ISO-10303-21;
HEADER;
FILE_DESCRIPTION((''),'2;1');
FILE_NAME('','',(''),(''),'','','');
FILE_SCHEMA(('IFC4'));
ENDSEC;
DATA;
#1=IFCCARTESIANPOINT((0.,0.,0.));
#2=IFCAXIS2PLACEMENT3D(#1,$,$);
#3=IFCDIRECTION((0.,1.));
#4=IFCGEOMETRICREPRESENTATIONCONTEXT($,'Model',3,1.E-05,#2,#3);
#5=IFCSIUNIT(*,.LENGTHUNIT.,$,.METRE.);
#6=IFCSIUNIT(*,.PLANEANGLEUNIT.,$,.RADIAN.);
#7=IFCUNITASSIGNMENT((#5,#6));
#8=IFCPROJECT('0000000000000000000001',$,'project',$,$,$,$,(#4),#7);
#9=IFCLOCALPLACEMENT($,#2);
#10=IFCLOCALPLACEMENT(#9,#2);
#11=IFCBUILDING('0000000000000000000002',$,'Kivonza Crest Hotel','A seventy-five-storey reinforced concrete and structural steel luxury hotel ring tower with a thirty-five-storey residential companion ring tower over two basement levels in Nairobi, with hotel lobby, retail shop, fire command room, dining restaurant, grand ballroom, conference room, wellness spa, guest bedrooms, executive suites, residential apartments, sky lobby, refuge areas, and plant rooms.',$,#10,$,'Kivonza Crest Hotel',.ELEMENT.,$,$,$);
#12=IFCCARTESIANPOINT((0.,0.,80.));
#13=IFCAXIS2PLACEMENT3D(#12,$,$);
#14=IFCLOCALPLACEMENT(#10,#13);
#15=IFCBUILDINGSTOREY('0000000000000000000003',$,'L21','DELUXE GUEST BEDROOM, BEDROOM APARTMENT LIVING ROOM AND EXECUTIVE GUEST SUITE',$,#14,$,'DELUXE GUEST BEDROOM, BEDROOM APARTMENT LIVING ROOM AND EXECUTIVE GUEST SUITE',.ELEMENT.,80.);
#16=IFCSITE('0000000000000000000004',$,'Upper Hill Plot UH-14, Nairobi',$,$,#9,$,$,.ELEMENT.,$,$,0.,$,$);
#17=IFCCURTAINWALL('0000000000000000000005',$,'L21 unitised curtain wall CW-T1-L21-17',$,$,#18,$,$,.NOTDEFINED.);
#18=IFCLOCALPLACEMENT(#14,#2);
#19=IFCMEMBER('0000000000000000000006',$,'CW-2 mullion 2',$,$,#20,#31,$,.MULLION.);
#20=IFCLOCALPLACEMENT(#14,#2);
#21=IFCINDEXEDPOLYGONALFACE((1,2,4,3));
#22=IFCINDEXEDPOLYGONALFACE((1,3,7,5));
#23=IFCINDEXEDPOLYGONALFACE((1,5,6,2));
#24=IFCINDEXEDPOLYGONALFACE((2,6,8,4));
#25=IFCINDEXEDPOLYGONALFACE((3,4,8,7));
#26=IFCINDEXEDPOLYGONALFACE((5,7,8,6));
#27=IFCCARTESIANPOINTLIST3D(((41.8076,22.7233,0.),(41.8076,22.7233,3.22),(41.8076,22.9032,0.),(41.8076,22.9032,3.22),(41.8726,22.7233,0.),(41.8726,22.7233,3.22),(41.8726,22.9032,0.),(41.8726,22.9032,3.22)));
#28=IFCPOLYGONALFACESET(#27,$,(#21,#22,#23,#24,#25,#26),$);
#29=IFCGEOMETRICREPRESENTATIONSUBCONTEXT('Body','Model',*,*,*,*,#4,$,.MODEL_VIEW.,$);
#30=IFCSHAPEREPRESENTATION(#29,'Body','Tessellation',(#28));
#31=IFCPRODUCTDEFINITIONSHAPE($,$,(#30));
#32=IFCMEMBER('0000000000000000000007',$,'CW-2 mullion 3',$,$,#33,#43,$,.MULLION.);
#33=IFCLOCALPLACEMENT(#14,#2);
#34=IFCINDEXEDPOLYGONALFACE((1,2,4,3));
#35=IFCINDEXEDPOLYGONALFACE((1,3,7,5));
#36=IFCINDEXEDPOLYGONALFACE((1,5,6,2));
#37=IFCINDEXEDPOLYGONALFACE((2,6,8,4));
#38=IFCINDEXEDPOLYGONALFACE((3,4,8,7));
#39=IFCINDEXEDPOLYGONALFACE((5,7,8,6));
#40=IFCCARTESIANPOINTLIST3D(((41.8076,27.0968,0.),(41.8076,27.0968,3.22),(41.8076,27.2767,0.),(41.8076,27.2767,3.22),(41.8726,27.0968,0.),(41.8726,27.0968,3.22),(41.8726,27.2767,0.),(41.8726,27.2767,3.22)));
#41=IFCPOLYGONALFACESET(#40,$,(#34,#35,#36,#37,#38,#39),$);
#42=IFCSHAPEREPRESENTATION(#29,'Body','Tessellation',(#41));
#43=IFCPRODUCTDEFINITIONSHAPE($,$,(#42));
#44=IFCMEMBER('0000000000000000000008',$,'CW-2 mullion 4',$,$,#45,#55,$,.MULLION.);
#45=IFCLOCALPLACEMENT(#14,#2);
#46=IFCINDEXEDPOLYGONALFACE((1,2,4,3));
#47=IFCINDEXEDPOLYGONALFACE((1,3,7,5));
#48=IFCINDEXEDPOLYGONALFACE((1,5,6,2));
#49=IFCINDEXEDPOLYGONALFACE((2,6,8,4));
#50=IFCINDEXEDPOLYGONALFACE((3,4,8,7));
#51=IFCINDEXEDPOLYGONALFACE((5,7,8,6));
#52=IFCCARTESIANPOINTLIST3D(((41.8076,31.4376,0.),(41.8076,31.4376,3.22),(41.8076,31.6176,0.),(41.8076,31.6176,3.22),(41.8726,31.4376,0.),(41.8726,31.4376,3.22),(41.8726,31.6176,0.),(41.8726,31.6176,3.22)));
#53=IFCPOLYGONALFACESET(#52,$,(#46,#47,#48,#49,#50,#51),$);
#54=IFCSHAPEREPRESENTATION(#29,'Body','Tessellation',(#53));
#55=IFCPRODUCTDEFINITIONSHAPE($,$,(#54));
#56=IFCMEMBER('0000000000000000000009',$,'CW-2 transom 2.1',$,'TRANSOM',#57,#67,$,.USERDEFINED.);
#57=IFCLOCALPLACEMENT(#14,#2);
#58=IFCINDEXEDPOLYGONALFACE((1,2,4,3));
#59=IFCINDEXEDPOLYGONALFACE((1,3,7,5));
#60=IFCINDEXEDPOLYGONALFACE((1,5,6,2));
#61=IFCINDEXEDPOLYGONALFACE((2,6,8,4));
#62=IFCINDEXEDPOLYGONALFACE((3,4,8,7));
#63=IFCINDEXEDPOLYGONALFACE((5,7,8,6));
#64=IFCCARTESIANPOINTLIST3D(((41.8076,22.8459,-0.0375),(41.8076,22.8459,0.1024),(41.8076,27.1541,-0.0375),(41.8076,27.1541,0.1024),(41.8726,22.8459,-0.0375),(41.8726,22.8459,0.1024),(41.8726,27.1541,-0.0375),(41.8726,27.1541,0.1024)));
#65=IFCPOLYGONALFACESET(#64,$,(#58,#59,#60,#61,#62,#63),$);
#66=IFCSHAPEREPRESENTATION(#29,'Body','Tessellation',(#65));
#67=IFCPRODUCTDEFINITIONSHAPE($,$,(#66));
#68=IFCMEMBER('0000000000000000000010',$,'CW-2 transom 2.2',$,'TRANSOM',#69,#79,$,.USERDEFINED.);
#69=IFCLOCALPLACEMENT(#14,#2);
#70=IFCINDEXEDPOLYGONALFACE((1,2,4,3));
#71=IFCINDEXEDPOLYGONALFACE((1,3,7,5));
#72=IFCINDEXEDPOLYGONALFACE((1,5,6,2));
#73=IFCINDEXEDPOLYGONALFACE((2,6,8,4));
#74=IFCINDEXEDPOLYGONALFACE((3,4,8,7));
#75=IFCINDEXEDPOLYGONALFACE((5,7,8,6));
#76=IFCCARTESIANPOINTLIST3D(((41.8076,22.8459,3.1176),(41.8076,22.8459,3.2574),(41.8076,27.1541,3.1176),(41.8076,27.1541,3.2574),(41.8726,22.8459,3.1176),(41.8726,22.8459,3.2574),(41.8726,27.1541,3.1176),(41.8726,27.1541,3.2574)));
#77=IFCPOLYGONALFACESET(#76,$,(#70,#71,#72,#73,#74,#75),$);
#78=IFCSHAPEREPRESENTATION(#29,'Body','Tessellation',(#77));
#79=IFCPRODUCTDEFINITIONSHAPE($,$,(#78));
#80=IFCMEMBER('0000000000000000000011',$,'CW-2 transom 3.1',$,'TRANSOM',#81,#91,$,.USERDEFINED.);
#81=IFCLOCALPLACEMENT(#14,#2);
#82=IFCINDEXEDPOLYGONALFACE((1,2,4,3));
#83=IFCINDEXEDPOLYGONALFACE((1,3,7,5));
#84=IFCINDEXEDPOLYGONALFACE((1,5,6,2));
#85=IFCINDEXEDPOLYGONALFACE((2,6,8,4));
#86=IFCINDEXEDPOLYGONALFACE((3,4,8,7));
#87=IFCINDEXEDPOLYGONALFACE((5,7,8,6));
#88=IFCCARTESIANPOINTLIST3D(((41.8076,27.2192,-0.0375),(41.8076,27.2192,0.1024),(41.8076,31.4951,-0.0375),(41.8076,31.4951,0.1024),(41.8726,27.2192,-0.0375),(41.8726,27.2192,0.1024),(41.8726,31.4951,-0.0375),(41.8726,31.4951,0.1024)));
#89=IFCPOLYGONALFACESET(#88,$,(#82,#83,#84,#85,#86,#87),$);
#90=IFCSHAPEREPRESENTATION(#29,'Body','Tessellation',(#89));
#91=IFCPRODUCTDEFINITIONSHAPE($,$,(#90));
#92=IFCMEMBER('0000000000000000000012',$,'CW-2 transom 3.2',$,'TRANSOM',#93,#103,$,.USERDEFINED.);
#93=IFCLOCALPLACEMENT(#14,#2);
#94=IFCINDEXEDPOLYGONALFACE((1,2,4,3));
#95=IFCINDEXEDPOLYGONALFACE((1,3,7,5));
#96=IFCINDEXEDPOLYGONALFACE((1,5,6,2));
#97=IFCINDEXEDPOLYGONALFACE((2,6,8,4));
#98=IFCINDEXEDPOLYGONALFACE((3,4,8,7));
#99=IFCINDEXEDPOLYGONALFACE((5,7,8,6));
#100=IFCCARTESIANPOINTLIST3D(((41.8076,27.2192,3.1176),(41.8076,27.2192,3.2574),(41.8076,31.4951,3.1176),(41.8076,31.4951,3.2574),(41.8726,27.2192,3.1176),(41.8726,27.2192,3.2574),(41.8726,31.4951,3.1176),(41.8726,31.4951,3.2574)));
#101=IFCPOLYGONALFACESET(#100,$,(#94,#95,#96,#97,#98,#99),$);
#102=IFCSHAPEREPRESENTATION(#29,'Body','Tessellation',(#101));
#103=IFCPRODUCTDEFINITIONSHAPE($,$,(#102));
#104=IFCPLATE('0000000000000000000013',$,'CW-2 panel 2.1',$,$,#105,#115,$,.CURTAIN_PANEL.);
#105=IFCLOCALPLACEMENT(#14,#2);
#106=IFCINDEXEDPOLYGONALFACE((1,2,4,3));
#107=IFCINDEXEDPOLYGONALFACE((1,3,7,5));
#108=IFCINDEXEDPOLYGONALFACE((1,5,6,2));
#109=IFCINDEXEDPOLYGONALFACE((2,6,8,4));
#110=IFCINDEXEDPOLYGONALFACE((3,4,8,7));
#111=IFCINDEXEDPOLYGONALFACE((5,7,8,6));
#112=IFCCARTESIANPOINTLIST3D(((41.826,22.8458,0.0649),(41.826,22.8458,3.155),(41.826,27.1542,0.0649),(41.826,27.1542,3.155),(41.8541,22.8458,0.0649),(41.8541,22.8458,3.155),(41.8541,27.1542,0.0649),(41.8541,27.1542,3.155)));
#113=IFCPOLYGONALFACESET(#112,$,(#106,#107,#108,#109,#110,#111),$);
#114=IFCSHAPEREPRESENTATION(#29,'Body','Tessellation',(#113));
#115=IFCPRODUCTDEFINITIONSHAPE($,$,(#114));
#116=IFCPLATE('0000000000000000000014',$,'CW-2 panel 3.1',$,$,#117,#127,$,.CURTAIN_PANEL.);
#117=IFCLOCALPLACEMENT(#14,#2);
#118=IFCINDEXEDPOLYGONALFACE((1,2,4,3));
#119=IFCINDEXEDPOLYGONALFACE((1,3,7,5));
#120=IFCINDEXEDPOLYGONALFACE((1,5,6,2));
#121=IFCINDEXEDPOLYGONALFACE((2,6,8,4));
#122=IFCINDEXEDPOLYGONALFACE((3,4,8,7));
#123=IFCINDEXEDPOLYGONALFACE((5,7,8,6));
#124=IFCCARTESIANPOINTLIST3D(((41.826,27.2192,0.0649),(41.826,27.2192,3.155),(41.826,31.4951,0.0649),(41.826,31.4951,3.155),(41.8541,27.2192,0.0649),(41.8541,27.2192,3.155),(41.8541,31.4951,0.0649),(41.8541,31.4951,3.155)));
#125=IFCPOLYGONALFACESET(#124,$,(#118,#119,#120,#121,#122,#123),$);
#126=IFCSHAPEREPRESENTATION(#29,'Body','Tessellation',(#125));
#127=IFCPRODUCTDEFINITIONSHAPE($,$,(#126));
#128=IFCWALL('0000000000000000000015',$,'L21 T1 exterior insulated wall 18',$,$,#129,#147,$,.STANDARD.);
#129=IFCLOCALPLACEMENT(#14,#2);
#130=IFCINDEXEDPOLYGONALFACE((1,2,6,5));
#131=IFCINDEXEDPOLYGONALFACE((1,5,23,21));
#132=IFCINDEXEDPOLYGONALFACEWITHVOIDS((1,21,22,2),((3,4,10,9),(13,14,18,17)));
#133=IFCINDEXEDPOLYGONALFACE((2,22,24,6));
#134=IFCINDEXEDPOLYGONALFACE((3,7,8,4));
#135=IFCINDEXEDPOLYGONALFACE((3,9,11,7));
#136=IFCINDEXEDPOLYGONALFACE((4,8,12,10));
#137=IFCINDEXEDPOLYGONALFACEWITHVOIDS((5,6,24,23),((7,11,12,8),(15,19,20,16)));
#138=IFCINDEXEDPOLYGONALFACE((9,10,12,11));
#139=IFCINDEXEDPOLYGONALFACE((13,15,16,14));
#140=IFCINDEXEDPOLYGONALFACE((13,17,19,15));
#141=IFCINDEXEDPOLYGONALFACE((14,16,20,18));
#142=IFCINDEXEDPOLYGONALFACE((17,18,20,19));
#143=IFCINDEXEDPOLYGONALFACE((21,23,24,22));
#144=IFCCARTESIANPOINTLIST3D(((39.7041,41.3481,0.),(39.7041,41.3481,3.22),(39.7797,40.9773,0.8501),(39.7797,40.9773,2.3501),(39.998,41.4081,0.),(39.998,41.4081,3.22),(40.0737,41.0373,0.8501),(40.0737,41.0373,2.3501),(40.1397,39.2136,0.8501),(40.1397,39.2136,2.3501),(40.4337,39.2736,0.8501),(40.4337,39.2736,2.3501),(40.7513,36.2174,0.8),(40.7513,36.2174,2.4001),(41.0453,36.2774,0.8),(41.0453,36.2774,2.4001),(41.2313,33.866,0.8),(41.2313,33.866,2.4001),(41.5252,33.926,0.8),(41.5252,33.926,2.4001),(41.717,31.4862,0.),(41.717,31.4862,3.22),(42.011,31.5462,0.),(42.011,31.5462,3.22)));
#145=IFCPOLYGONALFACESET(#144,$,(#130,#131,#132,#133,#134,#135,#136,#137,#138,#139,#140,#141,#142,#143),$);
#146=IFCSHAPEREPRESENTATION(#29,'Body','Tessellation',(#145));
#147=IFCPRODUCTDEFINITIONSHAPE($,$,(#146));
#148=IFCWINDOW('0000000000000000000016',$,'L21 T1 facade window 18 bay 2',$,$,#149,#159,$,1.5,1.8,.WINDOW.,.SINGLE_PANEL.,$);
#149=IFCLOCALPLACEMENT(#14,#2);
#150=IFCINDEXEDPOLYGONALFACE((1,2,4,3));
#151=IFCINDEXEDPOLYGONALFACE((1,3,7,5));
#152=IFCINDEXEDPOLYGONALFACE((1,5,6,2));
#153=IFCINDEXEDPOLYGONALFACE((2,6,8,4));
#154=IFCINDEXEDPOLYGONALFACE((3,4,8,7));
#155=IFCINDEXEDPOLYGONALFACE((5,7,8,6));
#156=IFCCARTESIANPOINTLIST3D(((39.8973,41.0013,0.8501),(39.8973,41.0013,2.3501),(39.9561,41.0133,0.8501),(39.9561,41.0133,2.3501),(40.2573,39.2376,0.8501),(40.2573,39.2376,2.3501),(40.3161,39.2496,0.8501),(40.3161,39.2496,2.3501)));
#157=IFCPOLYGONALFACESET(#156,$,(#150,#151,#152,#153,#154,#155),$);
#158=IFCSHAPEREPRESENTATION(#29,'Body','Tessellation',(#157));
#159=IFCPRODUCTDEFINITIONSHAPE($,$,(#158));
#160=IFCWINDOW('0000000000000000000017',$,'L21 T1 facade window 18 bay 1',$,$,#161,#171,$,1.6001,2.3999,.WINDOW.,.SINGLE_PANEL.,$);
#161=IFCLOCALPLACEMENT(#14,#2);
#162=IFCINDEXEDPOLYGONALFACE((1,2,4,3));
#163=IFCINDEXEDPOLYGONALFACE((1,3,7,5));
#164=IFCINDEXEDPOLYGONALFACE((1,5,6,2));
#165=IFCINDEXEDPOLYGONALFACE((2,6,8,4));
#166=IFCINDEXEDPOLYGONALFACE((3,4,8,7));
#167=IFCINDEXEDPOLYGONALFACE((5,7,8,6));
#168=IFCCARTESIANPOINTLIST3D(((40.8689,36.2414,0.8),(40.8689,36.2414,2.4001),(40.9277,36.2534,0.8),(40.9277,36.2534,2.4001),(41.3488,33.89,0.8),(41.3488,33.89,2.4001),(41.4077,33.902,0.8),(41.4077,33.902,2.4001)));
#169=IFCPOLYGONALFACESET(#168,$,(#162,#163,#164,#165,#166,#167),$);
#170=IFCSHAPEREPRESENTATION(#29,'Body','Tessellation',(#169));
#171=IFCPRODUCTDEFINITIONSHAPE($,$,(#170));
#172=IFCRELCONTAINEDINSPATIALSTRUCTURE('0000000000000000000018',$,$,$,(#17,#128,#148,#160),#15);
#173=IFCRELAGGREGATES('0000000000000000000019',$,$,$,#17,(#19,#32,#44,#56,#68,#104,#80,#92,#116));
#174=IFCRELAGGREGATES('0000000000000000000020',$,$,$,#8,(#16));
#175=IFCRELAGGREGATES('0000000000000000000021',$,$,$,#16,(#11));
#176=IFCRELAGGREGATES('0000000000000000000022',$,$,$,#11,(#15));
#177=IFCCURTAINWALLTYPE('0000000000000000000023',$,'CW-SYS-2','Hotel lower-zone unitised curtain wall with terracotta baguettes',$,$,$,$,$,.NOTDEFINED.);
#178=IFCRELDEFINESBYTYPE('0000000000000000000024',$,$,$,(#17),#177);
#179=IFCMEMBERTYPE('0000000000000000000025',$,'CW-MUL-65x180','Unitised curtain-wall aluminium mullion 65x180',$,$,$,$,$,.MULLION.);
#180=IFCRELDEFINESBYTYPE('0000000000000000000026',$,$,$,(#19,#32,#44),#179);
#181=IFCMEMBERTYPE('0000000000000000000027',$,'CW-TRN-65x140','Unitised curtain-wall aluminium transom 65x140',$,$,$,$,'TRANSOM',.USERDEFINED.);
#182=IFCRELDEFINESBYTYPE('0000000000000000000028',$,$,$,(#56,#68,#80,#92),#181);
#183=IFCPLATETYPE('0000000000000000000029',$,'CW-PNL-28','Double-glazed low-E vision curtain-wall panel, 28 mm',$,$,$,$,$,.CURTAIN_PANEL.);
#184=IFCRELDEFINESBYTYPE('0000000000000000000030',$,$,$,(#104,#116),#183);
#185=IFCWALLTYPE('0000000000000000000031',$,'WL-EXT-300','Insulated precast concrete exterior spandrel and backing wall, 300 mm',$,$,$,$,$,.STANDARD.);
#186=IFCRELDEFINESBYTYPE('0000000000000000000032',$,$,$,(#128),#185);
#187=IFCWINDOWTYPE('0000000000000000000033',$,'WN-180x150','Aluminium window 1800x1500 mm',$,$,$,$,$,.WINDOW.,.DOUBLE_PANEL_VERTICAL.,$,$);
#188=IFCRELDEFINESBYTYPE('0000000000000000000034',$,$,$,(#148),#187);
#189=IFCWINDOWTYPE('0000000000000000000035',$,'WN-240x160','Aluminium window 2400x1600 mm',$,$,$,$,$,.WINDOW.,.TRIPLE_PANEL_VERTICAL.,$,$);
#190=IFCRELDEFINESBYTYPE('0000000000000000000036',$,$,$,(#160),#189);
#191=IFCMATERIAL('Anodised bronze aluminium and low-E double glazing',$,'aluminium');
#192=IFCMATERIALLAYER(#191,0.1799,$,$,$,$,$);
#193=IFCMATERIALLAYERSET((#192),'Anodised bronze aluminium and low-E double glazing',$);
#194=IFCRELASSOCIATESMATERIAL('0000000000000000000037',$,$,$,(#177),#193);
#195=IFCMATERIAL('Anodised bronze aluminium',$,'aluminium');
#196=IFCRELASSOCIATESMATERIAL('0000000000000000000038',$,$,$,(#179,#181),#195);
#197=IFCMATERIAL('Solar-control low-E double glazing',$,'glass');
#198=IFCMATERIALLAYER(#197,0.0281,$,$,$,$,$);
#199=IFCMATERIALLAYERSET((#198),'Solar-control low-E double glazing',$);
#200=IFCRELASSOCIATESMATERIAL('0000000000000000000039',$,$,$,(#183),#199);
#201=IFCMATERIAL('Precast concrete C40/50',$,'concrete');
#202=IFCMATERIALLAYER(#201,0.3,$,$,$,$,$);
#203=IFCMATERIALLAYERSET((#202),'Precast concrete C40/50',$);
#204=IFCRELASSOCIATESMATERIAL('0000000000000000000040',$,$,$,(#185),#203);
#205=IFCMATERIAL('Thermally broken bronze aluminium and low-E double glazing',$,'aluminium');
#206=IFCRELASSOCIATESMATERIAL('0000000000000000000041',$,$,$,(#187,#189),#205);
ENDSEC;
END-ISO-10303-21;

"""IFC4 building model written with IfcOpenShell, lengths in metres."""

from ifc_helpers import new_model, si_unit, direction, frame, frame_2d, origin, origin_2d, place, context, subcontext, project, spatial, rectangle, extrude, material, layer, layer_set, material_profile, profile_set, type_object, element, fill, aggregate, save


model = new_model("IFC4")

# Units and contexts
model_context = context("Model", 3, precision=1e-05, world=origin(), true_north=direction((0.0, 1.0)))
body_context = subcontext(model_context, "Body", "Model", "MODEL_VIEW")
ifc_project = project(units=[si_unit("LENGTHUNIT", "METRE"), si_unit("PLANEANGLEUNIT", "RADIAN")], contexts=[model_context])

# Site, building, storey
site_placement = place(None, origin())
site = spatial("IfcSite", under=ifc_project, at=site_placement, Name="Upper Hill Plot UH-14, Nairobi", CompositionType="ELEMENT", RefElevation=0.0)
building_placement = place(site_placement, origin())
building = spatial("IfcBuilding", under=site, at=building_placement, Name="Kivonza Crest Hotel", Description="A seventy-five-storey reinforced concrete and structural steel luxury hotel ring tower with a thirty-five-storey residential companion ring tower over two basement levels in Nairobi, with hotel lobby, retail shop, fire command room, dining restaurant, grand ballroom, conference room, wellness spa, guest bedrooms, executive suites, residential apartments, sky lobby, refuge areas, and plant rooms.", LongName="Kivonza Crest Hotel", CompositionType="ELEMENT")
storey_placement = place(building_placement, frame((0.0, 0.0, 80.0)))
storey = spatial("IfcBuildingStorey", under=building, at=storey_placement, Name="L21", Description="DELUXE GUEST BEDROOM, BEDROOM APARTMENT LIVING ROOM AND EXECUTIVE GUEST SUITE", LongName="DELUXE GUEST BEDROOM, BEDROOM APARTMENT LIVING ROOM AND EXECUTIVE GUEST SUITE", CompositionType="ELEMENT", Elevation=80.0)

# Curtain wall, members, plates
ifc_material_1 = material(Name="Anodised bronze aluminium and low-E double glazing", Category="aluminium")
ifc_layer_1 = layer(ifc_material_1, 0.1799)
ifc_layer_set_1 = layer_set([ifc_layer_1], Name="Anodised bronze aluminium and low-E double glazing")
curtain_wall_type = type_object("IfcCurtainWallType", Name="CW-SYS-2", Description="Hotel lower-zone unitised curtain wall with terracotta baguettes", PredefinedType="NOTDEFINED", material=ifc_layer_set_1)
curtain_wall_placement = place(storey_placement, origin())
curtain_wall = element("IfcCurtainWall", 1, at=curtain_wall_placement, inside=storey, type_object=curtain_wall_type, Name="L21 unitised curtain wall CW-T1-L21-17", PredefinedType="NOTDEFINED")
ifc_material_2 = material(Name="Anodised bronze aluminium", Category="aluminium")
ifc_material_profile_1 = material_profile(ifc_material_2, rectangle(XDim=0.0649, YDim=0.1799, at=origin_2d()), Name="CW-M 65x180")
ifc_profile_set_1 = profile_set([ifc_material_profile_1], Name="Anodised bronze aluminium")
member_type_1 = type_object("IfcMemberType", Name="CW-MUL-65x180", Description="Unitised curtain-wall aluminium mullion 65x180", PredefinedType="MULLION", material=ifc_profile_set_1)
member_1_placement = place(storey_placement, frame((41.8401, 22.8132, 0.0), z_axis=(0.0, 0.0, 1.0), x_axis=(-1.0, 0.0, 0.0)))
member_1 = element("IfcMember", 2, at=member_1_placement, type_object=member_type_1, Name="CW-2 mullion 2", PredefinedType="MULLION", context=body_context, shape_type="SweptSolid", body=[
    extrude(rectangle(XDim=0.0649, YDim=0.1799, at=origin_2d()), origin(), (0.0, 0.0, 1.0), 3.22),
])
member_2_placement = place(storey_placement, frame((41.8401, 27.1868, 0.0), z_axis=(0.0, 0.0, 1.0), x_axis=(-1.0, 0.0, 0.0)))
member_2 = element("IfcMember", 3, at=member_2_placement, type_object=member_type_1, Name="CW-2 mullion 3", PredefinedType="MULLION", context=body_context, shape_type="SweptSolid", body=[
    extrude(rectangle(XDim=0.0649, YDim=0.1799, at=origin_2d()), origin(), (0.0, 0.0, 1.0), 3.22),
])
member_3_placement = place(storey_placement, frame((41.8401, 31.5276, 0.0), z_axis=(0.0, 0.0, 1.0), x_axis=(-1.0, 0.0, 0.0)))
member_3 = element("IfcMember", 4, at=member_3_placement, type_object=member_type_1, Name="CW-2 mullion 4", PredefinedType="MULLION", context=body_context, shape_type="SweptSolid", body=[
    extrude(rectangle(XDim=0.0649, YDim=0.1799, at=origin_2d()), origin(), (0.0, 0.0, 1.0), 3.22),
])
ifc_material_profile_2 = material_profile(ifc_material_2, rectangle(XDim=0.0649, YDim=0.1399, at=origin_2d()), Name="CW-T 65x140")
ifc_profile_set_2 = profile_set([ifc_material_profile_2], Name="Anodised bronze aluminium")
member_type_2 = type_object("IfcMemberType", Name="CW-TRN-65x140", Description="Unitised curtain-wall aluminium transom 65x140", ElementType="TRANSOM", PredefinedType="USERDEFINED", material=ifc_profile_set_2)
member_4_placement = place(storey_placement, frame((41.8401, 22.8459, 0.0325), z_axis=(0.0, 1.0, 0.0), x_axis=(-1.0, 0.0, 0.0)))
member_4 = element("IfcMember", 5, at=member_4_placement, type_object=member_type_2, Name="CW-2 transom 2.1", ObjectType="TRANSOM", PredefinedType="USERDEFINED", context=body_context, shape_type="SweptSolid", body=[
    extrude(rectangle(XDim=0.0649, YDim=0.1399, at=origin_2d()), origin(), (0.0, 0.0, 1.0), 4.3081),
])
member_5_placement = place(storey_placement, frame((41.8401, 22.8459, 3.1875), z_axis=(0.0, 1.0, 0.0), x_axis=(-1.0, 0.0, 0.0)))
member_5 = element("IfcMember", 6, at=member_5_placement, type_object=member_type_2, Name="CW-2 transom 2.2", ObjectType="TRANSOM", PredefinedType="USERDEFINED", context=body_context, shape_type="SweptSolid", body=[
    extrude(rectangle(XDim=0.0649, YDim=0.1399, at=origin_2d()), origin(), (0.0, 0.0, 1.0), 4.3081),
])
member_6_placement = place(storey_placement, frame((41.8401, 27.2192, 0.0325), z_axis=(0.0, 1.0, 0.0), x_axis=(-1.0, 0.0, 0.0)))
member_6 = element("IfcMember", 7, at=member_6_placement, type_object=member_type_2, Name="CW-2 transom 3.1", ObjectType="TRANSOM", PredefinedType="USERDEFINED", context=body_context, shape_type="SweptSolid", body=[
    extrude(rectangle(XDim=0.0649, YDim=0.1399, at=origin_2d()), origin(), (0.0, 0.0, 1.0), 4.2759),
])
member_7_placement = place(storey_placement, frame((41.8401, 27.2192, 3.1875), z_axis=(0.0, 1.0, 0.0), x_axis=(-1.0, 0.0, 0.0)))
member_7 = element("IfcMember", 8, at=member_7_placement, type_object=member_type_2, Name="CW-2 transom 3.2", ObjectType="TRANSOM", PredefinedType="USERDEFINED", context=body_context, shape_type="SweptSolid", body=[
    extrude(rectangle(XDim=0.0649, YDim=0.1399, at=origin_2d()), origin(), (0.0, 0.0, 1.0), 4.2759),
])
ifc_material_3 = material(Name="Solar-control low-E double glazing", Category="glass")
ifc_layer_2 = layer(ifc_material_3, 0.0281)
ifc_layer_set_2 = layer_set([ifc_layer_2], Name="Solar-control low-E double glazing")
plate_type = type_object("IfcPlateType", Name="CW-PNL-28", Description="Double-glazed low-E vision curtain-wall panel, 28 mm", PredefinedType="CURTAIN_PANEL", material=ifc_layer_set_2)
plate_1_placement = place(storey_placement, frame((41.8401, 25.0, 0.0649), z_axis=(0.0, 0.0, 1.0), x_axis=(0.0, 1.0, 0.0)))
plate_1 = element("IfcPlate", 9, at=plate_1_placement, type_object=plate_type, Name="CW-2 panel 2.1", PredefinedType="CURTAIN_PANEL", context=body_context, shape_type="SweptSolid", body=[
    extrude(rectangle(XDim=4.3083, YDim=0.0281, at=origin_2d()), origin(), (0.0, 0.0, 1.0), 3.0901),
])
plate_2_placement = place(storey_placement, frame((41.8401, 29.3572, 0.0649), z_axis=(0.0, 0.0, 1.0), x_axis=(0.0, 1.0, 0.0)))
plate_2 = element("IfcPlate", 10, at=plate_2_placement, type_object=plate_type, Name="CW-2 panel 3.1", PredefinedType="CURTAIN_PANEL", context=body_context, shape_type="SweptSolid", body=[
    extrude(rectangle(XDim=4.2759, YDim=0.0281, at=origin_2d()), origin(), (0.0, 0.0, 1.0), 3.0901),
])
aggregate(curtain_wall, [member_1, member_2, member_3, member_4, member_5, plate_1, member_6, member_7, plate_2])

# Wall, openings, windows
ifc_material_4 = material(Name="Precast concrete C40/50", Category="concrete")
ifc_layer_3 = layer(ifc_material_4, 0.3)
ifc_layer_set_3 = layer_set([ifc_layer_3], Name="Precast concrete C40/50")
wall_type = type_object("IfcWallType", Name="WL-EXT-300", Description="Insulated precast concrete exterior spandrel and backing wall, 300 mm", PredefinedType="STANDARD", material=ifc_layer_set_3)
wall_placement = place(storey_placement, frame((41.864, 31.5161, 0.0), z_axis=(0.0, 0.0, 1.0), x_axis=(-0.199991, 0.979798, 0.0)))
wall = element("IfcWall", 11, at=wall_placement, inside=storey, type_object=wall_type, Name="L21 T1 exterior insulated wall 18", PredefinedType="STANDARD", context=body_context, shape_type="SweptSolid", body=[
    extrude(rectangle(XDim=10.0652, YDim=0.3, at=frame_2d((5.0327, 0.0))), origin(), (0.0, 0.0, 1.0), 3.22),
])
opening_1_placement = place(wall_placement, frame((2.429, 0.0, 0.8)))
opening_1 = element("IfcOpeningElement", 12, at=opening_1_placement, cuts=wall, PredefinedType="OPENING", context=body_context, shape_type="SweptSolid", body=[
    extrude(rectangle(XDim=2.3999, YDim=1.6001, at=frame_2d((1.2, 0.8))), frame((0.0, 0.1602, 0.0), z_axis=(0.0, -1.0, 0.0), x_axis=(1.0, 0.0, 0.0)), (0.0, 0.0, 1.0), 0.3201),
])
opening_2_placement = place(wall_placement, frame((7.887, 0.0, 0.8501)))
opening_2 = element("IfcOpeningElement", 13, at=opening_2_placement, cuts=wall, PredefinedType="OPENING", context=body_context, shape_type="SweptSolid", body=[
    extrude(rectangle(XDim=1.8, YDim=1.5, at=frame_2d((0.8999, 0.75))), frame((0.0, 0.1602, 0.0), z_axis=(0.0, -1.0, 0.0), x_axis=(1.0, 0.0, 0.0)), (0.0, 0.0, 1.0), 0.3201),
])
ifc_material_5 = material(Name="Thermally broken bronze aluminium and low-E double glazing", Category="aluminium")
window_type_1 = type_object("IfcWindowType", Name="WN-180x150", Description="Aluminium window 1800x1500 mm", PartitioningType="DOUBLE_PANEL_VERTICAL", PredefinedType="WINDOW", material=ifc_material_5)
window_1_placement = place(opening_2_placement, origin())
window_1 = element("IfcWindow", 14, at=window_1_placement, inside=storey, type_object=window_type_1, Name="L21 T1 facade window 18 bay 2", OverallHeight=1.5, OverallWidth=1.8, PartitioningType="SINGLE_PANEL", PredefinedType="WINDOW", context=body_context, shape_type="SweptSolid", body=[
    extrude(rectangle(XDim=1.8, YDim=1.5, at=frame_2d((0.8999, 0.75))), frame((0.0, 0.03, 0.0), z_axis=(0.0, -1.0, 0.0), x_axis=(1.0, 0.0, 0.0)), (0.0, 0.0, 1.0), 0.0601),
])
fill(opening_2, window_1)
window_type_2 = type_object("IfcWindowType", Name="WN-240x160", Description="Aluminium window 2400x1600 mm", PartitioningType="TRIPLE_PANEL_VERTICAL", PredefinedType="WINDOW", material=ifc_material_5)
window_2_placement = place(opening_1_placement, origin())
window_2 = element("IfcWindow", 15, at=window_2_placement, inside=storey, type_object=window_type_2, Name="L21 T1 facade window 18 bay 1", OverallHeight=1.6001, OverallWidth=2.3999, PartitioningType="SINGLE_PANEL", PredefinedType="WINDOW", context=body_context, shape_type="SweptSolid", body=[
    extrude(rectangle(XDim=2.3999, YDim=1.6001, at=frame_2d((1.2, 0.8))), frame((0.0, 0.03, 0.0), z_axis=(0.0, -1.0, 0.0), x_axis=(1.0, 0.0, 0.0)), (0.0, 0.0, 1.0), 0.0601),
])
fill(opening_1, window_2)

save(model, "model.ifc")
